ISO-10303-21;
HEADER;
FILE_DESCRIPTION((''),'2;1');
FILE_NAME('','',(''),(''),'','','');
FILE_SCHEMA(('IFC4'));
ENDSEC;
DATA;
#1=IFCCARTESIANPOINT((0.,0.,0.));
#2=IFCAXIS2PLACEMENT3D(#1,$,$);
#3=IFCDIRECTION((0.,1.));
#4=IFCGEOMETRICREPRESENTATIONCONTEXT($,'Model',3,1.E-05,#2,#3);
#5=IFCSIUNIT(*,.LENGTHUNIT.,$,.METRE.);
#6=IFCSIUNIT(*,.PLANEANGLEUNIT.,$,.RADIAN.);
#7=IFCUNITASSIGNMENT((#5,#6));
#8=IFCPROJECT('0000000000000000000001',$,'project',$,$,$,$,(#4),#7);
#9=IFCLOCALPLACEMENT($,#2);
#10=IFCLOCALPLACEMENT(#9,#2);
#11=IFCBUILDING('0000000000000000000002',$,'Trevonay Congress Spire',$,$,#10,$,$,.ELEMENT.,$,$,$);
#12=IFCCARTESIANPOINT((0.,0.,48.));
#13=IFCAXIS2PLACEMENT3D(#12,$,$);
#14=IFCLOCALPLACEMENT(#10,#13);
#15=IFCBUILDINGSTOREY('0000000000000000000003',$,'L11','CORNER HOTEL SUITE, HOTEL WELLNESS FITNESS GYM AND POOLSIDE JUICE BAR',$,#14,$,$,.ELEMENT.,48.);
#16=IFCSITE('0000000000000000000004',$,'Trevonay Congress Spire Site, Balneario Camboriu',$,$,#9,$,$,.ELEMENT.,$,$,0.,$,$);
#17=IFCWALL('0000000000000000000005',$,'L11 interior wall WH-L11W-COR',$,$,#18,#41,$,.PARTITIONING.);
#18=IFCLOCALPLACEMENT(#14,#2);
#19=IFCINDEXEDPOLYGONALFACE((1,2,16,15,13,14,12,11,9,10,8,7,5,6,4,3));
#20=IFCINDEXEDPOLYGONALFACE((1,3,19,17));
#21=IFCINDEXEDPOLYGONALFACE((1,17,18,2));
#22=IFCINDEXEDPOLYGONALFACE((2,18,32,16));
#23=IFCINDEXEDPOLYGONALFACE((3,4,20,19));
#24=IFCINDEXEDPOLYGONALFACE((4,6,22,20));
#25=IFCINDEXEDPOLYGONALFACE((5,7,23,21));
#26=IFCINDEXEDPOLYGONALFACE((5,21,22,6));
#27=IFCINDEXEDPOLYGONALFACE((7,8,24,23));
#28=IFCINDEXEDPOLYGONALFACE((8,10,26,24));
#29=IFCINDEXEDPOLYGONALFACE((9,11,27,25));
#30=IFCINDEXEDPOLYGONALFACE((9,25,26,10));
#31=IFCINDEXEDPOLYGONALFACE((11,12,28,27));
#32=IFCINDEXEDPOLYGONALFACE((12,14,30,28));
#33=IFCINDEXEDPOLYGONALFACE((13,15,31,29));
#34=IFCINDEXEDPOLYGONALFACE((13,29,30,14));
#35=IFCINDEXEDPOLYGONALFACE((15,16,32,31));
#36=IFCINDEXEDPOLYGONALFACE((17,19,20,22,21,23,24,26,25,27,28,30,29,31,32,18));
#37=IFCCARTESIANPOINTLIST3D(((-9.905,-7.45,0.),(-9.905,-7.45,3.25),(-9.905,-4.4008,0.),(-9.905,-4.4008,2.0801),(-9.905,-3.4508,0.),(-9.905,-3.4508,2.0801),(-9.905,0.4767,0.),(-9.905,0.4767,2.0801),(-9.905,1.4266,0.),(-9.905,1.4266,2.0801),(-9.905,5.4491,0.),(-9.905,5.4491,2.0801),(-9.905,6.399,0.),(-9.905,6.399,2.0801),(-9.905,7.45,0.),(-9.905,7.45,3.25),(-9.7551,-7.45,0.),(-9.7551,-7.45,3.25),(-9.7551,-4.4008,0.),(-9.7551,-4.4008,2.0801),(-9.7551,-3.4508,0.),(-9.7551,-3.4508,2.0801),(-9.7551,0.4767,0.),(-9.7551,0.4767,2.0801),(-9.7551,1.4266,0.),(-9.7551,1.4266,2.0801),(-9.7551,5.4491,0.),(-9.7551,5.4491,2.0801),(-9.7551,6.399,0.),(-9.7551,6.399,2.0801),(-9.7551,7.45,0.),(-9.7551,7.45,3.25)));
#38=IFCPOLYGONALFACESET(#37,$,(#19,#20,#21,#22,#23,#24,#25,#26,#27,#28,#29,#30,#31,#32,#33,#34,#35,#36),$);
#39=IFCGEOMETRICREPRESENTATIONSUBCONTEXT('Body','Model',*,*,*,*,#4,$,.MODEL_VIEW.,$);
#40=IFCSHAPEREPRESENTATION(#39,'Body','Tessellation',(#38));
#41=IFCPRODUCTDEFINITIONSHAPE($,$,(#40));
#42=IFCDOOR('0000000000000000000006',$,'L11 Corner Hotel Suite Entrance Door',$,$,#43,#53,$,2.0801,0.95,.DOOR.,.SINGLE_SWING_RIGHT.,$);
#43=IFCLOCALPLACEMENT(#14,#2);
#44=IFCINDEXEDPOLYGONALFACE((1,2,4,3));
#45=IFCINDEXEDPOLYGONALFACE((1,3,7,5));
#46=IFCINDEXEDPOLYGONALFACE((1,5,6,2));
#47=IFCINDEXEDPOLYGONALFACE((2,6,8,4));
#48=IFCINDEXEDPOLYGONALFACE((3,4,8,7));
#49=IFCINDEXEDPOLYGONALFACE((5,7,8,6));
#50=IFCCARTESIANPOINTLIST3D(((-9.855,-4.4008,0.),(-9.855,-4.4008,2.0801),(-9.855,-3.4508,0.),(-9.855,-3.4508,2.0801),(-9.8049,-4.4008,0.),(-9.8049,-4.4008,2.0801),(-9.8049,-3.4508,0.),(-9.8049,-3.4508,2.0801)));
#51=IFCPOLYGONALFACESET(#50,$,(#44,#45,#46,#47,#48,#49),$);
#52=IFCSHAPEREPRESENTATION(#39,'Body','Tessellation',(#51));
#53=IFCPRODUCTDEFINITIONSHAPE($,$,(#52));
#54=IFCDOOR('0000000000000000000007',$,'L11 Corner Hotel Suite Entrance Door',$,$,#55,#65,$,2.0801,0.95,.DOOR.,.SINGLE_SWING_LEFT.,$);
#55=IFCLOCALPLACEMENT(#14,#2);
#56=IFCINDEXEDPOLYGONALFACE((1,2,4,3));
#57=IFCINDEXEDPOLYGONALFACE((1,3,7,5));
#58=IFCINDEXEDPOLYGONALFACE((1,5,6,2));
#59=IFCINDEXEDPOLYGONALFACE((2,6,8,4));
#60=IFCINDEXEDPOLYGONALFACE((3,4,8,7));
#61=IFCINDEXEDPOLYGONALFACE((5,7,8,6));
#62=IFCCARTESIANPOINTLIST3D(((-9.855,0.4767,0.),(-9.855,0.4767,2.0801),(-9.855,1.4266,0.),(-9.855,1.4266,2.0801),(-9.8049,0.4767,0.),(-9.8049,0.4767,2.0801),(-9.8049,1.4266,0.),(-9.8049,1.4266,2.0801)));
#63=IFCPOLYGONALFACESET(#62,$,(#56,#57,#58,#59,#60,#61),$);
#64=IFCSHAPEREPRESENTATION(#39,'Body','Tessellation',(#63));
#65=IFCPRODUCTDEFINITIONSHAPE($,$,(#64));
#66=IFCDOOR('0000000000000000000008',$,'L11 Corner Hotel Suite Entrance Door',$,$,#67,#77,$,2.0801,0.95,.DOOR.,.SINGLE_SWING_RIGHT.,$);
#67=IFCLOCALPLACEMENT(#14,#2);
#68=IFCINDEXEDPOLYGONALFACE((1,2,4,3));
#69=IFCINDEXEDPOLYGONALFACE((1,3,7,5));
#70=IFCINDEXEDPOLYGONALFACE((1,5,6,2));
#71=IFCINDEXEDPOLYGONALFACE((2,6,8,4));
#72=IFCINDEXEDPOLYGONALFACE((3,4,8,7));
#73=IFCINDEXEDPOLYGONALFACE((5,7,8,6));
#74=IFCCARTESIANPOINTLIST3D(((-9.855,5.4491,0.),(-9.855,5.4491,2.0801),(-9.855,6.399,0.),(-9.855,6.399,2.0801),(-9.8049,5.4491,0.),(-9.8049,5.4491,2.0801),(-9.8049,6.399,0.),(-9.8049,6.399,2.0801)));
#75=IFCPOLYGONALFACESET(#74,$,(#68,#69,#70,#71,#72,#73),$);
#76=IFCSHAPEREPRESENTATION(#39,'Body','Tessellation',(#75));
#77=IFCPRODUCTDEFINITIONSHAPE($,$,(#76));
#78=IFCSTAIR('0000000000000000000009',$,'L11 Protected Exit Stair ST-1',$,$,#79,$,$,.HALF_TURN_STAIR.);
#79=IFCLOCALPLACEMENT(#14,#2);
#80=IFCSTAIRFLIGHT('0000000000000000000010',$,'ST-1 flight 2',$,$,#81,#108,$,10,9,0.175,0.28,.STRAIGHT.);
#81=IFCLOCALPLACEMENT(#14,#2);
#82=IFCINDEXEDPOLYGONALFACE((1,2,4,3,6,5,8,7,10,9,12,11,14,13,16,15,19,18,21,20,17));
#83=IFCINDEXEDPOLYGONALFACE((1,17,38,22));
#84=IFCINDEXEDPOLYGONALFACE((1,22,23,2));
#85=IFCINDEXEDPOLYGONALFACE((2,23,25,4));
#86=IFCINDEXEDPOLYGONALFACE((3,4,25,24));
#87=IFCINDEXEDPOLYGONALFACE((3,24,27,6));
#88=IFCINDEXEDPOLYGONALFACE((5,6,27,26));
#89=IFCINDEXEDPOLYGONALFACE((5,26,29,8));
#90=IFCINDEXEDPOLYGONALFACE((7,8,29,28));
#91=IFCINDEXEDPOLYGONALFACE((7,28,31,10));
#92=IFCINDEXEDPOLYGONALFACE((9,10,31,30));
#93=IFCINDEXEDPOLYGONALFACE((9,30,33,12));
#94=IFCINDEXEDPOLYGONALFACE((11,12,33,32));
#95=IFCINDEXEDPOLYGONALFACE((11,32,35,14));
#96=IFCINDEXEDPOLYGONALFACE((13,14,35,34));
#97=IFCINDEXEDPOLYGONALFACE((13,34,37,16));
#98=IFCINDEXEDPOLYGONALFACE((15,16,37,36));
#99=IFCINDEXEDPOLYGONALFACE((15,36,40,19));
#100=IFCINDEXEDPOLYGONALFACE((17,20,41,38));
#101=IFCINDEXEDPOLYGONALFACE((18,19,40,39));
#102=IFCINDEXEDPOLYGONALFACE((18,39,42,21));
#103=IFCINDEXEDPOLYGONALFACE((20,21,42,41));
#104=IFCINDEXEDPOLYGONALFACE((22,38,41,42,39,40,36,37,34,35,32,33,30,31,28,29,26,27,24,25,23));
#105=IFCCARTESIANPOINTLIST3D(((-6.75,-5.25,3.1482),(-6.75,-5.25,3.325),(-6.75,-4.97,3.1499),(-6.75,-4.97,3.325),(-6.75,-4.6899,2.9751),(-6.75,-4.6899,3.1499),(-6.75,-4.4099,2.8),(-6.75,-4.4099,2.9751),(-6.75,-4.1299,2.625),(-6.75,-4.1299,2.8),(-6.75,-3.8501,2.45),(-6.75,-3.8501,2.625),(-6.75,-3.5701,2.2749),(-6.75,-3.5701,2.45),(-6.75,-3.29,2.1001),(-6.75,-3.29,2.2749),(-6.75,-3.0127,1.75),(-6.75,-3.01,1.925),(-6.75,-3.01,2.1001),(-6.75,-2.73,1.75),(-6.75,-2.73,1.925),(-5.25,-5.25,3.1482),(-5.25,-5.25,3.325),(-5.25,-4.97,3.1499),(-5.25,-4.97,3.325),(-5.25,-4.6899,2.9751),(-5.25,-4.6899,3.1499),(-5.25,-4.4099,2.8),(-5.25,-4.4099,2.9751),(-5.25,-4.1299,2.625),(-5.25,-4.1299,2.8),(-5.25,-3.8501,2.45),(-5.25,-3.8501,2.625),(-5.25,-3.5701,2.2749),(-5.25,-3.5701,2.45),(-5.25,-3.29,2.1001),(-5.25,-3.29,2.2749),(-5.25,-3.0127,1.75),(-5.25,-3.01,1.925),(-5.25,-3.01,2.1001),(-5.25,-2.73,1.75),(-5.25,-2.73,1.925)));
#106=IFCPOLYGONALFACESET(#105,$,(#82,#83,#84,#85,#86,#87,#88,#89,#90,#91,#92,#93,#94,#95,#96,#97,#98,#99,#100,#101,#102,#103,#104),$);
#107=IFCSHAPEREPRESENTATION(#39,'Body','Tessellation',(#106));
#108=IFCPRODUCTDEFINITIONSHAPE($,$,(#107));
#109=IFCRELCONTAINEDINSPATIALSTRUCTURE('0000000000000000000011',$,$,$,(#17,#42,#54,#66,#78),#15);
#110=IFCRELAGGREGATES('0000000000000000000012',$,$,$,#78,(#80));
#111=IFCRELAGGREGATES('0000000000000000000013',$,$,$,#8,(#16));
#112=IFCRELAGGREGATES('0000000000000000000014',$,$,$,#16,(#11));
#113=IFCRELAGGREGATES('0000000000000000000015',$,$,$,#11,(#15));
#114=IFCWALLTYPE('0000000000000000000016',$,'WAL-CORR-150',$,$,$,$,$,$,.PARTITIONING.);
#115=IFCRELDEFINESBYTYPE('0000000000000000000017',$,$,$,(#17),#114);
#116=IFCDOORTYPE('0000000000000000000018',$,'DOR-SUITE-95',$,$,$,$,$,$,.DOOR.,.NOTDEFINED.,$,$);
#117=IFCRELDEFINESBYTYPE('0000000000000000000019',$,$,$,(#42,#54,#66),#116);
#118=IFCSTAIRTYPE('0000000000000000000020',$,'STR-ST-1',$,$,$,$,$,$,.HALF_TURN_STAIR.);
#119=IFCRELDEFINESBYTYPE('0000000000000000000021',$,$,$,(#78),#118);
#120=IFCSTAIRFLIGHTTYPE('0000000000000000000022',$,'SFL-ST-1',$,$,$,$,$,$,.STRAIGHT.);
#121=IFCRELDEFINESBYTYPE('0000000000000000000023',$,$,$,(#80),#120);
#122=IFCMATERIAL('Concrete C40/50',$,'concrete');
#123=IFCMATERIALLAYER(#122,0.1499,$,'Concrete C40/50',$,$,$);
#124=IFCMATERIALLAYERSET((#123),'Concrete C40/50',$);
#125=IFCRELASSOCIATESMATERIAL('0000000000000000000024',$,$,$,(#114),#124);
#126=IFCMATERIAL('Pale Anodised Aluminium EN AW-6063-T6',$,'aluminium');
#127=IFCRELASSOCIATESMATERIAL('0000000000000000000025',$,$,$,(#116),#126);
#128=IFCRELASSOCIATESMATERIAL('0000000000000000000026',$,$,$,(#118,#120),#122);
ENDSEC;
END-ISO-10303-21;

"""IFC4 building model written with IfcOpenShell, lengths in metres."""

from ifc_helpers import new_model, si_unit, direction, frame, frame_2d, origin, place, context, subcontext, project, spatial, polyline, rectangle, outline, extrude, material, layer, layer_set, type_object, element, fill, aggregate, save


model = new_model("IFC4")

# Units and contexts
model_context = context("Model", 3, precision=1e-05, world=origin(), true_north=direction((0.0, 1.0)))
body_context = subcontext(model_context, "Body", "Model", "MODEL_VIEW")
ifc_project = project(units=[si_unit("LENGTHUNIT", "METRE"), si_unit("PLANEANGLEUNIT", "RADIAN")], contexts=[model_context])

# Site, building, storey
site_placement = place(None, origin())
site = spatial("IfcSite", under=ifc_project, at=site_placement, Name="Trevonay Congress Spire Site, Balneario Camboriu", CompositionType="ELEMENT", RefElevation=0.0)
building_placement = place(site_placement, origin())
building = spatial("IfcBuilding", under=site, at=building_placement, Name="Trevonay Congress Spire", CompositionType="ELEMENT")
storey_placement = place(building_placement, frame((0.0, 0.0, 48.0)))
storey = spatial("IfcBuildingStorey", under=building, at=storey_placement, Name="L11", Description="CORNER HOTEL SUITE, HOTEL WELLNESS FITNESS GYM AND POOLSIDE JUICE BAR", CompositionType="ELEMENT", Elevation=48.0)

# Shared definitions
ifc_material_1 = material(Name="Concrete C40/50", Category="concrete")
ifc_material_2 = material(Name="Pale Anodised Aluminium EN AW-6063-T6", Category="aluminium")

# Wall, openings, doors
ifc_layer_1 = layer(ifc_material_1, 0.1499, Name="Concrete C40/50")
ifc_layer_set_1 = layer_set([ifc_layer_1], Name="Concrete C40/50")
wall_type_1 = type_object("IfcWallType", Name="WAL-CORR-150", PredefinedType="PARTITIONING", material=ifc_layer_set_1)
wall_1_placement = place(storey_placement, frame((-9.8301, -7.45, 0.0), z_axis=(0.0, 0.0, 1.0), x_axis=(0.0, 1.0, 0.0)))
wall_1 = element("IfcWall", 1, at=wall_1_placement, inside=storey, type_object=wall_type_1, Name="L11 interior wall WH-L11W-COR", PredefinedType="PARTITIONING", context=body_context, shape_type="SweptSolid", body=[
    extrude(rectangle(XDim=14.8999, YDim=0.1499, at=frame_2d((7.45, 0.0))), origin(), (0.0, 0.0, 1.0), 3.25),
])
opening_1_placement = place(wall_1_placement, frame((3.0491, 0.0, 0.0)))
opening_1 = element("IfcOpeningElement", 2, at=opening_1_placement, cuts=wall_1, PredefinedType="OPENING", context=body_context, shape_type="SweptSolid", body=[
    extrude(rectangle(XDim=0.95, YDim=2.0801, at=frame_2d((0.4751, 1.04))), frame((0.0, 0.085, 0.0), z_axis=(0.0, -1.0, 0.0), x_axis=(1.0, 0.0, 0.0)), (0.0, 0.0, 1.0), 0.1699),
])
opening_2_placement = place(wall_1_placement, frame((7.9265, 0.0, 0.0)))
opening_2 = element("IfcOpeningElement", 3, at=opening_2_placement, cuts=wall_1, PredefinedType="OPENING", context=body_context, shape_type="SweptSolid", body=[
    extrude(rectangle(XDim=0.95, YDim=2.0801, at=frame_2d((0.4751, 1.04))), frame((0.0, 0.085, 0.0), z_axis=(0.0, -1.0, 0.0), x_axis=(1.0, 0.0, 0.0)), (0.0, 0.0, 1.0), 0.1699),
])
opening_3_placement = place(wall_1_placement, frame((12.8989, 0.0, 0.0)))
opening_3 = element("IfcOpeningElement", 4, at=opening_3_placement, cuts=wall_1, PredefinedType="OPENING", context=body_context, shape_type="SweptSolid", body=[
    extrude(rectangle(XDim=0.95, YDim=2.0801, at=frame_2d((0.4751, 1.04))), frame((0.0, 0.085, 0.0), z_axis=(0.0, -1.0, 0.0), x_axis=(1.0, 0.0, 0.0)), (0.0, 0.0, 1.0), 0.1699),
])
door_type_1 = type_object("IfcDoorType", Name="DOR-SUITE-95", OperationType="NOTDEFINED", PredefinedType="DOOR", material=ifc_material_2)
door_1_placement = place(opening_1_placement, origin())
door_1 = element("IfcDoor", 5, at=door_1_placement, inside=storey, type_object=door_type_1, Name="L11 Corner Hotel Suite Entrance Door", OperationType="SINGLE_SWING_RIGHT", OverallHeight=2.0801, OverallWidth=0.95, PredefinedType="DOOR", context=body_context, shape_type="SweptSolid", body=[
    extrude(rectangle(XDim=0.95, YDim=2.0801, at=frame_2d((0.4751, 1.04))), frame((0.0, 0.0249, 0.0), z_axis=(0.0, -1.0, 0.0), x_axis=(1.0, 0.0, 0.0)), (0.0, 0.0, 1.0), 0.05),
])
fill(opening_1, door_1)
door_2_placement = place(opening_2_placement, origin())
door_2 = element("IfcDoor", 6, at=door_2_placement, inside=storey, type_object=door_type_1, Name="L11 Corner Hotel Suite Entrance Door", OperationType="SINGLE_SWING_LEFT", OverallHeight=2.0801, OverallWidth=0.95, PredefinedType="DOOR", context=body_context, shape_type="SweptSolid", body=[
    extrude(rectangle(XDim=0.95, YDim=2.0801, at=frame_2d((0.4751, 1.04))), frame((0.0, 0.0249, 0.0), z_axis=(0.0, -1.0, 0.0), x_axis=(1.0, 0.0, 0.0)), (0.0, 0.0, 1.0), 0.05),
])
fill(opening_2, door_2)
door_3_placement = place(opening_3_placement, origin())
door_3 = element("IfcDoor", 7, at=door_3_placement, inside=storey, type_object=door_type_1, Name="L11 Corner Hotel Suite Entrance Door", OperationType="SINGLE_SWING_RIGHT", OverallHeight=2.0801, OverallWidth=0.95, PredefinedType="DOOR", context=body_context, shape_type="SweptSolid", body=[
    extrude(rectangle(XDim=0.95, YDim=2.0801, at=frame_2d((0.4751, 1.04))), frame((0.0, 0.0249, 0.0), z_axis=(0.0, -1.0, 0.0), x_axis=(1.0, 0.0, 0.0)), (0.0, 0.0, 1.0), 0.05),
])
fill(opening_3, door_3)

# Stair, stair flight
stair_type = type_object("IfcStairType", Name="STR-ST-1", PredefinedType="HALF_TURN_STAIR", material=ifc_material_1)
stair_placement = place(storey_placement, origin())
stair = element("IfcStair", 8, at=stair_placement, inside=storey, type_object=stair_type, Name="L11 Protected Exit Stair ST-1", PredefinedType="HALF_TURN_STAIR")
stair_flight_type = type_object("IfcStairFlightType", Name="SFL-ST-1", PredefinedType="STRAIGHT", material=ifc_material_1)
stair_flight_placement = place(storey_placement, frame((-6.0, -2.73, 1.75), z_axis=(0.0, 0.0, 1.0), x_axis=(0.0, -1.0, 0.0)))
stair_flight = element("IfcStairFlight", 9, at=stair_flight_placement, type_object=stair_flight_type, Name="ST-1 flight 2", NumberOfRisers=10, NumberOfTreads=9, PredefinedType="STRAIGHT", RiserHeight=0.175, TreadLength=0.28, context=body_context, shape_type="SweptSolid", body=[
    extrude(outline(polyline([(0.0, 0.0), (0.0, 0.175), (0.28, 0.175), (0.28, 0.3501), (0.5601, 0.3501), (0.5601, 0.5249), (0.8401, 0.5249), (0.8401, 0.7), (1.1201, 0.7), (1.1201, 0.875), (1.3999, 0.875), (1.3999, 1.05), (1.6799, 1.05), (1.6799, 1.2251), (1.96, 1.2251), (1.96, 1.3999), (2.24, 1.3999), (2.24, 1.575), (2.52, 1.575), (2.52, 1.75), (2.52, 1.3982), (0.2827, 0.0), (0.0, 0.0)])), frame((0.0, 0.75, 0.0), z_axis=(0.0, -1.0, 0.0), x_axis=(1.0, 0.0, 0.0)), (0.0, 0.0, 1.0), 1.5),
])
aggregate(stair, [stair_flight])

save(model, "model.ifc")
